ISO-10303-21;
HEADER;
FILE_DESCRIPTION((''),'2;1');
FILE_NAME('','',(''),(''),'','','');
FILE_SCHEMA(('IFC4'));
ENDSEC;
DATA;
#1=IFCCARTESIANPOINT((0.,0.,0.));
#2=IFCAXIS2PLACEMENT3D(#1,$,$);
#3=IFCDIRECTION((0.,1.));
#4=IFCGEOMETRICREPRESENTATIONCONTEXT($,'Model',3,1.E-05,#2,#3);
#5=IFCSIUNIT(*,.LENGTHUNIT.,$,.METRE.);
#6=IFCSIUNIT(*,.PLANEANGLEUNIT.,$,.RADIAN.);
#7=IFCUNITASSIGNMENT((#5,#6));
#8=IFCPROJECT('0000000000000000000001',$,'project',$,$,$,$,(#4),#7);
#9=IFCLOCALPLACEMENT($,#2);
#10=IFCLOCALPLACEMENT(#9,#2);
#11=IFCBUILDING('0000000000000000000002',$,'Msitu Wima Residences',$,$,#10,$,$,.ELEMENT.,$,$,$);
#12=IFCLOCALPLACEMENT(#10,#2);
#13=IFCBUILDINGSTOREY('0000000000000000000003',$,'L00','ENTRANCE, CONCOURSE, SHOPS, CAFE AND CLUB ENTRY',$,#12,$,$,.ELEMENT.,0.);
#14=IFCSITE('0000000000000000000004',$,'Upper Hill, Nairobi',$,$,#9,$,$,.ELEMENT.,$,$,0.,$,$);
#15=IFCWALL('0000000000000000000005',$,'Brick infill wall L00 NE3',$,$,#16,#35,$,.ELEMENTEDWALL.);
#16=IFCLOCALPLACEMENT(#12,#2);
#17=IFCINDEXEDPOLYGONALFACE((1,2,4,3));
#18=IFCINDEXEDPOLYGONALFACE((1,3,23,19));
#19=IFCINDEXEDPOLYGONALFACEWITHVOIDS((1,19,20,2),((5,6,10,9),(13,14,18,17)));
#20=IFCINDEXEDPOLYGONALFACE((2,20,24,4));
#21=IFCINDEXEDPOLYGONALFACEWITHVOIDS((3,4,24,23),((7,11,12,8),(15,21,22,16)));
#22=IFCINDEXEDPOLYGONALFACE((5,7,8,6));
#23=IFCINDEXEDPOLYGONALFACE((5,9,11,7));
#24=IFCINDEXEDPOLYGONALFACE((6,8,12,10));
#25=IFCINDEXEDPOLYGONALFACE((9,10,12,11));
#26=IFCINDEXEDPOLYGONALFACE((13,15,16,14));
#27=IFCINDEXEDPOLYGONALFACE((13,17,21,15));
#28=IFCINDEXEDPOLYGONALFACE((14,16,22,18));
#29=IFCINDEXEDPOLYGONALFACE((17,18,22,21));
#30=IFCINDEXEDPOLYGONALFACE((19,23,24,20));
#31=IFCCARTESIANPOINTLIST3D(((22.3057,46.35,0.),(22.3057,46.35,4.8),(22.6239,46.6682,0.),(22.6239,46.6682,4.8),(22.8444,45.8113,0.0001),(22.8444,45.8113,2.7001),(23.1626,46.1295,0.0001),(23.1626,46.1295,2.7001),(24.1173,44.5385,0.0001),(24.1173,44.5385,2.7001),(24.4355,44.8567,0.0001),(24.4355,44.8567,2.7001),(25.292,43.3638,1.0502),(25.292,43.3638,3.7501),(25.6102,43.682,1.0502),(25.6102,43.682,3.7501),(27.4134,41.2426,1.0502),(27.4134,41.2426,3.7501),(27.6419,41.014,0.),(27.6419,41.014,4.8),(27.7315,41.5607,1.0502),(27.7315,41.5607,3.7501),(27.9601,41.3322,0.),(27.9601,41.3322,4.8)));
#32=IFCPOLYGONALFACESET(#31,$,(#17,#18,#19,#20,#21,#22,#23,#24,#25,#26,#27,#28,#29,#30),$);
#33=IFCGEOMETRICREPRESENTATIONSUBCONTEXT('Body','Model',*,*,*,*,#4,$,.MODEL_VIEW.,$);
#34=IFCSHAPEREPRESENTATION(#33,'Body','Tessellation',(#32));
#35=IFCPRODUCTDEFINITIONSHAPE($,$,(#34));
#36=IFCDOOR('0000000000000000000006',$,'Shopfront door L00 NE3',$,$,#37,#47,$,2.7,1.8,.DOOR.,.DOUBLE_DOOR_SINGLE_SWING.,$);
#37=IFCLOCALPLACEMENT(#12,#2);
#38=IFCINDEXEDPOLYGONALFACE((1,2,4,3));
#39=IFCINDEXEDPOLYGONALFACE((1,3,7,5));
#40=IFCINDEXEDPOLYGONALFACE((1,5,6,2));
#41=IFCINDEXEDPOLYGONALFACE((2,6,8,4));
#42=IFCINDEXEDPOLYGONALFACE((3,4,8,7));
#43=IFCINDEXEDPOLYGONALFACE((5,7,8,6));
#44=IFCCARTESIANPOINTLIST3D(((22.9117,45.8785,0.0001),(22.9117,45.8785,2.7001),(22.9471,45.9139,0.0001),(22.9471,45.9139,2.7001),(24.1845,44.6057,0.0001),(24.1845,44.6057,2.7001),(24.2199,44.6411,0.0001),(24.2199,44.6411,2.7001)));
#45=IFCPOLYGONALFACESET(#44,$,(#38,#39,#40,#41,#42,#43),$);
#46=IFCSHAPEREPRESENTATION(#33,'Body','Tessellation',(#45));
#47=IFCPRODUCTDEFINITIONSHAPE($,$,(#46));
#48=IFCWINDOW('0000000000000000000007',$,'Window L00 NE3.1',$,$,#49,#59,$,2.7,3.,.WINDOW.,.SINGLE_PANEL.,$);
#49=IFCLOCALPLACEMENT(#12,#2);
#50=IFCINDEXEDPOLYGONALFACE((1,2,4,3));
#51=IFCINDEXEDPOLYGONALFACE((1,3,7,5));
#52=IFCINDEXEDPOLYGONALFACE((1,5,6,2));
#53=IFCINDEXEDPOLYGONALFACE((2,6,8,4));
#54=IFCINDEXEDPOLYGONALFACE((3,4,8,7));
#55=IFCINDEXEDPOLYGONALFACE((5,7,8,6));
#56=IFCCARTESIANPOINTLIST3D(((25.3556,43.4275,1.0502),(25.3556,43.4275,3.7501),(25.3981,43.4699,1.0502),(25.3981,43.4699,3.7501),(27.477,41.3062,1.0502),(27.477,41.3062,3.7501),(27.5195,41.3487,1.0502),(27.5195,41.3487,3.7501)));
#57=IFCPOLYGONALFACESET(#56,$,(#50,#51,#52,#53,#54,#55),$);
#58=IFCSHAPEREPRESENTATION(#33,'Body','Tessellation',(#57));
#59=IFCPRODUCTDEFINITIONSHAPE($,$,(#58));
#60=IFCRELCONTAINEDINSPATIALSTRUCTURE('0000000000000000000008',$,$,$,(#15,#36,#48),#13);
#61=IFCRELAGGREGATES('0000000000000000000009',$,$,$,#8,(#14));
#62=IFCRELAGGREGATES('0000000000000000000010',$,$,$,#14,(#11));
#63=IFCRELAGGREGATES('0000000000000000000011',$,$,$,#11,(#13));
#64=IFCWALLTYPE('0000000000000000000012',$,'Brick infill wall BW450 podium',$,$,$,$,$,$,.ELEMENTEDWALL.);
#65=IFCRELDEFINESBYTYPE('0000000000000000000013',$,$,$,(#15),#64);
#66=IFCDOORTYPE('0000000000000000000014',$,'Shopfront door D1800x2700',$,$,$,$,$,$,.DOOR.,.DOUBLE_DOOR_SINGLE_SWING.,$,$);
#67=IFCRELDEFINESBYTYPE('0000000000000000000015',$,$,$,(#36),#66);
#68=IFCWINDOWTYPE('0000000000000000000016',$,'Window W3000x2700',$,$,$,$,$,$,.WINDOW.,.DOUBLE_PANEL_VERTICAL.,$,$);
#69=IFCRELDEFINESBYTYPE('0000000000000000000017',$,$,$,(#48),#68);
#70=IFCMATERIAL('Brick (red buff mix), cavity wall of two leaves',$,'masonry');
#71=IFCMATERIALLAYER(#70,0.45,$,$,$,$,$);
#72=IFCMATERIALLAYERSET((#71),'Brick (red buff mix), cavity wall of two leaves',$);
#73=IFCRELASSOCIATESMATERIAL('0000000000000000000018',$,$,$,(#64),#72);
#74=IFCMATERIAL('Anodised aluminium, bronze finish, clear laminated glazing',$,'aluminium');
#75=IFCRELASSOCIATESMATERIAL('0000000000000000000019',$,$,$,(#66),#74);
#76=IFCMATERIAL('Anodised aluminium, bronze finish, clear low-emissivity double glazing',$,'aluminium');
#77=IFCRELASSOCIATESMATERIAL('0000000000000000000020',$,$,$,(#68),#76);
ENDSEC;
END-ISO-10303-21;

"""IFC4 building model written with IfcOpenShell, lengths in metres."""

from ifc_helpers import new_model, si_unit, direction, frame, frame_2d, origin, place, context, subcontext, project, spatial, rectangle, extrude, material, layer, layer_set, type_object, element, fill, save


model = new_model("IFC4")

# Units and contexts
model_context = context("Model", 3, precision=1e-05, world=origin(), true_north=direction((0.0, 1.0)))
body_context = subcontext(model_context, "Body", "Model", "MODEL_VIEW")
ifc_project = project(units=[si_unit("LENGTHUNIT", "METRE"), si_unit("PLANEANGLEUNIT", "RADIAN")], contexts=[model_context])

# Site, building, storey
site_placement = place(None, origin())
site = spatial("IfcSite", under=ifc_project, at=site_placement, Name="Upper Hill, Nairobi", CompositionType="ELEMENT", RefElevation=0.0)
building_placement = place(site_placement, origin())
building = spatial("IfcBuilding", under=site, at=building_placement, Name="Msitu Wima Residences", CompositionType="ELEMENT")
storey_placement = place(building_placement, origin())
storey = spatial("IfcBuildingStorey", under=building, at=storey_placement, Name="L00", Description="ENTRANCE, CONCOURSE, SHOPS, CAFE AND CLUB ENTRY", CompositionType="ELEMENT", Elevation=0.0)

# Wall, openings, door, window
ifc_material_1 = material(Name="Brick (red buff mix), cavity wall of two leaves", Category="masonry")
ifc_layer_1 = layer(ifc_material_1, 0.45)
ifc_layer_set_1 = layer_set([ifc_layer_1], Name="Brick (red buff mix), cavity wall of two leaves")
wall_type = type_object("IfcWallType", Name="Brick infill wall BW450 podium", PredefinedType="ELEMENTEDWALL", material=ifc_layer_set_1)
wall_placement = place(storey_placement, frame((27.801, 41.1731, 0.0), z_axis=(0.0, 0.0, 1.0), x_axis=(-0.707123, 0.707091, 0.0)))
wall = element("IfcWall", 1, at=wall_placement, inside=storey, type_object=wall_type, Name="Brick infill wall L00 NE3", PredefinedType="ELEMENTEDWALL", context=body_context, shape_type="SweptSolid", body=[
    extrude(rectangle(XDim=7.5464, YDim=0.45, at=frame_2d((3.7732, 0.0))), origin(), (0.0, 0.0, 1.0), 4.8),
])
opening_1_placement = place(wall_placement, frame((0.3232, 0.0, 1.05)))
opening_1 = element("IfcOpeningElement", 2, at=opening_1_placement, cuts=wall, PredefinedType="OPENING", context=body_context, shape_type="SweptSolid", body=[
    extrude(rectangle(XDim=3.0, YDim=2.7, at=frame_2d((1.5, 1.3501))), frame((0.0, 0.2349, 0.0), z_axis=(0.0, -1.0, 0.0), x_axis=(1.0, 0.0, 0.0)), (0.0, 0.0, 1.0), 0.47),
])
opening_2_placement = place(wall_placement, frame((4.9846, 0.0, 0.0)))
opening_2 = element("IfcOpeningElement", 3, at=opening_2_placement, cuts=wall, PredefinedType="OPENING", context=body_context, shape_type="SweptSolid", body=[
    extrude(rectangle(XDim=1.8, YDim=2.7, at=frame_2d((0.8999, 1.3501))), frame((0.0, 0.2349, 0.0), z_axis=(0.0, -1.0, 0.0), x_axis=(1.0, 0.0, 0.0)), (0.0, 0.0, 1.0), 0.47),
])
ifc_material_2 = material(Name="Anodised aluminium, bronze finish, clear laminated glazing", Category="aluminium")
door_type = type_object("IfcDoorType", Name="Shopfront door D1800x2700", OperationType="DOUBLE_DOOR_SINGLE_SWING", PredefinedType="DOOR", material=ifc_material_2)
door_placement = place(opening_2_placement, frame((1.8, 0.0, 0.0), z_axis=(0.0, 0.0, 1.0), x_axis=(-1.0, 0.0, 0.0)))
door = element("IfcDoor", 4, at=door_placement, inside=storey, type_object=door_type, Name="Shopfront door L00 NE3", OperationType="DOUBLE_DOOR_SINGLE_SWING", OverallHeight=2.7, OverallWidth=1.8, PredefinedType="DOOR", context=body_context, shape_type="SweptSolid", body=[
    extrude(rectangle(XDim=1.8, YDim=2.7, at=frame_2d((0.9001, 1.3501))), frame((0.0, -0.0798, 0.0), z_axis=(0.0, -1.0, 0.0), x_axis=(1.0, 0.0, 0.0)), (0.0, 0.0, 1.0), 0.05),
])
fill(opening_2, door)
ifc_material_3 = material(Name="Anodised aluminium, bronze finish, clear low-emissivity double glazing", Category="aluminium")
window_type = type_object("IfcWindowType", Name="Window W3000x2700", PartitioningType="DOUBLE_PANEL_VERTICAL", PredefinedType="WINDOW", material=ifc_material_3)
window_placement = place(opening_1_placement, origin())
window = element("IfcWindow", 5, at=window_placement, inside=storey, type_object=window_type, Name="Window L00 NE3.1", OverallHeight=2.7, OverallWidth=3.0, PartitioningType="SINGLE_PANEL", PredefinedType="WINDOW", context=body_context, shape_type="SweptSolid", body=[
    extrude(rectangle(XDim=3.0, YDim=2.7, at=frame_2d((1.5, 1.3501))), frame((0.0, 0.135, 0.0), z_axis=(0.0, -1.0, 0.0), x_axis=(1.0, 0.0, 0.0)), (0.0, 0.0, 1.0), 0.0601),
])
fill(opening_1, window)

save(model, "model.ifc")
